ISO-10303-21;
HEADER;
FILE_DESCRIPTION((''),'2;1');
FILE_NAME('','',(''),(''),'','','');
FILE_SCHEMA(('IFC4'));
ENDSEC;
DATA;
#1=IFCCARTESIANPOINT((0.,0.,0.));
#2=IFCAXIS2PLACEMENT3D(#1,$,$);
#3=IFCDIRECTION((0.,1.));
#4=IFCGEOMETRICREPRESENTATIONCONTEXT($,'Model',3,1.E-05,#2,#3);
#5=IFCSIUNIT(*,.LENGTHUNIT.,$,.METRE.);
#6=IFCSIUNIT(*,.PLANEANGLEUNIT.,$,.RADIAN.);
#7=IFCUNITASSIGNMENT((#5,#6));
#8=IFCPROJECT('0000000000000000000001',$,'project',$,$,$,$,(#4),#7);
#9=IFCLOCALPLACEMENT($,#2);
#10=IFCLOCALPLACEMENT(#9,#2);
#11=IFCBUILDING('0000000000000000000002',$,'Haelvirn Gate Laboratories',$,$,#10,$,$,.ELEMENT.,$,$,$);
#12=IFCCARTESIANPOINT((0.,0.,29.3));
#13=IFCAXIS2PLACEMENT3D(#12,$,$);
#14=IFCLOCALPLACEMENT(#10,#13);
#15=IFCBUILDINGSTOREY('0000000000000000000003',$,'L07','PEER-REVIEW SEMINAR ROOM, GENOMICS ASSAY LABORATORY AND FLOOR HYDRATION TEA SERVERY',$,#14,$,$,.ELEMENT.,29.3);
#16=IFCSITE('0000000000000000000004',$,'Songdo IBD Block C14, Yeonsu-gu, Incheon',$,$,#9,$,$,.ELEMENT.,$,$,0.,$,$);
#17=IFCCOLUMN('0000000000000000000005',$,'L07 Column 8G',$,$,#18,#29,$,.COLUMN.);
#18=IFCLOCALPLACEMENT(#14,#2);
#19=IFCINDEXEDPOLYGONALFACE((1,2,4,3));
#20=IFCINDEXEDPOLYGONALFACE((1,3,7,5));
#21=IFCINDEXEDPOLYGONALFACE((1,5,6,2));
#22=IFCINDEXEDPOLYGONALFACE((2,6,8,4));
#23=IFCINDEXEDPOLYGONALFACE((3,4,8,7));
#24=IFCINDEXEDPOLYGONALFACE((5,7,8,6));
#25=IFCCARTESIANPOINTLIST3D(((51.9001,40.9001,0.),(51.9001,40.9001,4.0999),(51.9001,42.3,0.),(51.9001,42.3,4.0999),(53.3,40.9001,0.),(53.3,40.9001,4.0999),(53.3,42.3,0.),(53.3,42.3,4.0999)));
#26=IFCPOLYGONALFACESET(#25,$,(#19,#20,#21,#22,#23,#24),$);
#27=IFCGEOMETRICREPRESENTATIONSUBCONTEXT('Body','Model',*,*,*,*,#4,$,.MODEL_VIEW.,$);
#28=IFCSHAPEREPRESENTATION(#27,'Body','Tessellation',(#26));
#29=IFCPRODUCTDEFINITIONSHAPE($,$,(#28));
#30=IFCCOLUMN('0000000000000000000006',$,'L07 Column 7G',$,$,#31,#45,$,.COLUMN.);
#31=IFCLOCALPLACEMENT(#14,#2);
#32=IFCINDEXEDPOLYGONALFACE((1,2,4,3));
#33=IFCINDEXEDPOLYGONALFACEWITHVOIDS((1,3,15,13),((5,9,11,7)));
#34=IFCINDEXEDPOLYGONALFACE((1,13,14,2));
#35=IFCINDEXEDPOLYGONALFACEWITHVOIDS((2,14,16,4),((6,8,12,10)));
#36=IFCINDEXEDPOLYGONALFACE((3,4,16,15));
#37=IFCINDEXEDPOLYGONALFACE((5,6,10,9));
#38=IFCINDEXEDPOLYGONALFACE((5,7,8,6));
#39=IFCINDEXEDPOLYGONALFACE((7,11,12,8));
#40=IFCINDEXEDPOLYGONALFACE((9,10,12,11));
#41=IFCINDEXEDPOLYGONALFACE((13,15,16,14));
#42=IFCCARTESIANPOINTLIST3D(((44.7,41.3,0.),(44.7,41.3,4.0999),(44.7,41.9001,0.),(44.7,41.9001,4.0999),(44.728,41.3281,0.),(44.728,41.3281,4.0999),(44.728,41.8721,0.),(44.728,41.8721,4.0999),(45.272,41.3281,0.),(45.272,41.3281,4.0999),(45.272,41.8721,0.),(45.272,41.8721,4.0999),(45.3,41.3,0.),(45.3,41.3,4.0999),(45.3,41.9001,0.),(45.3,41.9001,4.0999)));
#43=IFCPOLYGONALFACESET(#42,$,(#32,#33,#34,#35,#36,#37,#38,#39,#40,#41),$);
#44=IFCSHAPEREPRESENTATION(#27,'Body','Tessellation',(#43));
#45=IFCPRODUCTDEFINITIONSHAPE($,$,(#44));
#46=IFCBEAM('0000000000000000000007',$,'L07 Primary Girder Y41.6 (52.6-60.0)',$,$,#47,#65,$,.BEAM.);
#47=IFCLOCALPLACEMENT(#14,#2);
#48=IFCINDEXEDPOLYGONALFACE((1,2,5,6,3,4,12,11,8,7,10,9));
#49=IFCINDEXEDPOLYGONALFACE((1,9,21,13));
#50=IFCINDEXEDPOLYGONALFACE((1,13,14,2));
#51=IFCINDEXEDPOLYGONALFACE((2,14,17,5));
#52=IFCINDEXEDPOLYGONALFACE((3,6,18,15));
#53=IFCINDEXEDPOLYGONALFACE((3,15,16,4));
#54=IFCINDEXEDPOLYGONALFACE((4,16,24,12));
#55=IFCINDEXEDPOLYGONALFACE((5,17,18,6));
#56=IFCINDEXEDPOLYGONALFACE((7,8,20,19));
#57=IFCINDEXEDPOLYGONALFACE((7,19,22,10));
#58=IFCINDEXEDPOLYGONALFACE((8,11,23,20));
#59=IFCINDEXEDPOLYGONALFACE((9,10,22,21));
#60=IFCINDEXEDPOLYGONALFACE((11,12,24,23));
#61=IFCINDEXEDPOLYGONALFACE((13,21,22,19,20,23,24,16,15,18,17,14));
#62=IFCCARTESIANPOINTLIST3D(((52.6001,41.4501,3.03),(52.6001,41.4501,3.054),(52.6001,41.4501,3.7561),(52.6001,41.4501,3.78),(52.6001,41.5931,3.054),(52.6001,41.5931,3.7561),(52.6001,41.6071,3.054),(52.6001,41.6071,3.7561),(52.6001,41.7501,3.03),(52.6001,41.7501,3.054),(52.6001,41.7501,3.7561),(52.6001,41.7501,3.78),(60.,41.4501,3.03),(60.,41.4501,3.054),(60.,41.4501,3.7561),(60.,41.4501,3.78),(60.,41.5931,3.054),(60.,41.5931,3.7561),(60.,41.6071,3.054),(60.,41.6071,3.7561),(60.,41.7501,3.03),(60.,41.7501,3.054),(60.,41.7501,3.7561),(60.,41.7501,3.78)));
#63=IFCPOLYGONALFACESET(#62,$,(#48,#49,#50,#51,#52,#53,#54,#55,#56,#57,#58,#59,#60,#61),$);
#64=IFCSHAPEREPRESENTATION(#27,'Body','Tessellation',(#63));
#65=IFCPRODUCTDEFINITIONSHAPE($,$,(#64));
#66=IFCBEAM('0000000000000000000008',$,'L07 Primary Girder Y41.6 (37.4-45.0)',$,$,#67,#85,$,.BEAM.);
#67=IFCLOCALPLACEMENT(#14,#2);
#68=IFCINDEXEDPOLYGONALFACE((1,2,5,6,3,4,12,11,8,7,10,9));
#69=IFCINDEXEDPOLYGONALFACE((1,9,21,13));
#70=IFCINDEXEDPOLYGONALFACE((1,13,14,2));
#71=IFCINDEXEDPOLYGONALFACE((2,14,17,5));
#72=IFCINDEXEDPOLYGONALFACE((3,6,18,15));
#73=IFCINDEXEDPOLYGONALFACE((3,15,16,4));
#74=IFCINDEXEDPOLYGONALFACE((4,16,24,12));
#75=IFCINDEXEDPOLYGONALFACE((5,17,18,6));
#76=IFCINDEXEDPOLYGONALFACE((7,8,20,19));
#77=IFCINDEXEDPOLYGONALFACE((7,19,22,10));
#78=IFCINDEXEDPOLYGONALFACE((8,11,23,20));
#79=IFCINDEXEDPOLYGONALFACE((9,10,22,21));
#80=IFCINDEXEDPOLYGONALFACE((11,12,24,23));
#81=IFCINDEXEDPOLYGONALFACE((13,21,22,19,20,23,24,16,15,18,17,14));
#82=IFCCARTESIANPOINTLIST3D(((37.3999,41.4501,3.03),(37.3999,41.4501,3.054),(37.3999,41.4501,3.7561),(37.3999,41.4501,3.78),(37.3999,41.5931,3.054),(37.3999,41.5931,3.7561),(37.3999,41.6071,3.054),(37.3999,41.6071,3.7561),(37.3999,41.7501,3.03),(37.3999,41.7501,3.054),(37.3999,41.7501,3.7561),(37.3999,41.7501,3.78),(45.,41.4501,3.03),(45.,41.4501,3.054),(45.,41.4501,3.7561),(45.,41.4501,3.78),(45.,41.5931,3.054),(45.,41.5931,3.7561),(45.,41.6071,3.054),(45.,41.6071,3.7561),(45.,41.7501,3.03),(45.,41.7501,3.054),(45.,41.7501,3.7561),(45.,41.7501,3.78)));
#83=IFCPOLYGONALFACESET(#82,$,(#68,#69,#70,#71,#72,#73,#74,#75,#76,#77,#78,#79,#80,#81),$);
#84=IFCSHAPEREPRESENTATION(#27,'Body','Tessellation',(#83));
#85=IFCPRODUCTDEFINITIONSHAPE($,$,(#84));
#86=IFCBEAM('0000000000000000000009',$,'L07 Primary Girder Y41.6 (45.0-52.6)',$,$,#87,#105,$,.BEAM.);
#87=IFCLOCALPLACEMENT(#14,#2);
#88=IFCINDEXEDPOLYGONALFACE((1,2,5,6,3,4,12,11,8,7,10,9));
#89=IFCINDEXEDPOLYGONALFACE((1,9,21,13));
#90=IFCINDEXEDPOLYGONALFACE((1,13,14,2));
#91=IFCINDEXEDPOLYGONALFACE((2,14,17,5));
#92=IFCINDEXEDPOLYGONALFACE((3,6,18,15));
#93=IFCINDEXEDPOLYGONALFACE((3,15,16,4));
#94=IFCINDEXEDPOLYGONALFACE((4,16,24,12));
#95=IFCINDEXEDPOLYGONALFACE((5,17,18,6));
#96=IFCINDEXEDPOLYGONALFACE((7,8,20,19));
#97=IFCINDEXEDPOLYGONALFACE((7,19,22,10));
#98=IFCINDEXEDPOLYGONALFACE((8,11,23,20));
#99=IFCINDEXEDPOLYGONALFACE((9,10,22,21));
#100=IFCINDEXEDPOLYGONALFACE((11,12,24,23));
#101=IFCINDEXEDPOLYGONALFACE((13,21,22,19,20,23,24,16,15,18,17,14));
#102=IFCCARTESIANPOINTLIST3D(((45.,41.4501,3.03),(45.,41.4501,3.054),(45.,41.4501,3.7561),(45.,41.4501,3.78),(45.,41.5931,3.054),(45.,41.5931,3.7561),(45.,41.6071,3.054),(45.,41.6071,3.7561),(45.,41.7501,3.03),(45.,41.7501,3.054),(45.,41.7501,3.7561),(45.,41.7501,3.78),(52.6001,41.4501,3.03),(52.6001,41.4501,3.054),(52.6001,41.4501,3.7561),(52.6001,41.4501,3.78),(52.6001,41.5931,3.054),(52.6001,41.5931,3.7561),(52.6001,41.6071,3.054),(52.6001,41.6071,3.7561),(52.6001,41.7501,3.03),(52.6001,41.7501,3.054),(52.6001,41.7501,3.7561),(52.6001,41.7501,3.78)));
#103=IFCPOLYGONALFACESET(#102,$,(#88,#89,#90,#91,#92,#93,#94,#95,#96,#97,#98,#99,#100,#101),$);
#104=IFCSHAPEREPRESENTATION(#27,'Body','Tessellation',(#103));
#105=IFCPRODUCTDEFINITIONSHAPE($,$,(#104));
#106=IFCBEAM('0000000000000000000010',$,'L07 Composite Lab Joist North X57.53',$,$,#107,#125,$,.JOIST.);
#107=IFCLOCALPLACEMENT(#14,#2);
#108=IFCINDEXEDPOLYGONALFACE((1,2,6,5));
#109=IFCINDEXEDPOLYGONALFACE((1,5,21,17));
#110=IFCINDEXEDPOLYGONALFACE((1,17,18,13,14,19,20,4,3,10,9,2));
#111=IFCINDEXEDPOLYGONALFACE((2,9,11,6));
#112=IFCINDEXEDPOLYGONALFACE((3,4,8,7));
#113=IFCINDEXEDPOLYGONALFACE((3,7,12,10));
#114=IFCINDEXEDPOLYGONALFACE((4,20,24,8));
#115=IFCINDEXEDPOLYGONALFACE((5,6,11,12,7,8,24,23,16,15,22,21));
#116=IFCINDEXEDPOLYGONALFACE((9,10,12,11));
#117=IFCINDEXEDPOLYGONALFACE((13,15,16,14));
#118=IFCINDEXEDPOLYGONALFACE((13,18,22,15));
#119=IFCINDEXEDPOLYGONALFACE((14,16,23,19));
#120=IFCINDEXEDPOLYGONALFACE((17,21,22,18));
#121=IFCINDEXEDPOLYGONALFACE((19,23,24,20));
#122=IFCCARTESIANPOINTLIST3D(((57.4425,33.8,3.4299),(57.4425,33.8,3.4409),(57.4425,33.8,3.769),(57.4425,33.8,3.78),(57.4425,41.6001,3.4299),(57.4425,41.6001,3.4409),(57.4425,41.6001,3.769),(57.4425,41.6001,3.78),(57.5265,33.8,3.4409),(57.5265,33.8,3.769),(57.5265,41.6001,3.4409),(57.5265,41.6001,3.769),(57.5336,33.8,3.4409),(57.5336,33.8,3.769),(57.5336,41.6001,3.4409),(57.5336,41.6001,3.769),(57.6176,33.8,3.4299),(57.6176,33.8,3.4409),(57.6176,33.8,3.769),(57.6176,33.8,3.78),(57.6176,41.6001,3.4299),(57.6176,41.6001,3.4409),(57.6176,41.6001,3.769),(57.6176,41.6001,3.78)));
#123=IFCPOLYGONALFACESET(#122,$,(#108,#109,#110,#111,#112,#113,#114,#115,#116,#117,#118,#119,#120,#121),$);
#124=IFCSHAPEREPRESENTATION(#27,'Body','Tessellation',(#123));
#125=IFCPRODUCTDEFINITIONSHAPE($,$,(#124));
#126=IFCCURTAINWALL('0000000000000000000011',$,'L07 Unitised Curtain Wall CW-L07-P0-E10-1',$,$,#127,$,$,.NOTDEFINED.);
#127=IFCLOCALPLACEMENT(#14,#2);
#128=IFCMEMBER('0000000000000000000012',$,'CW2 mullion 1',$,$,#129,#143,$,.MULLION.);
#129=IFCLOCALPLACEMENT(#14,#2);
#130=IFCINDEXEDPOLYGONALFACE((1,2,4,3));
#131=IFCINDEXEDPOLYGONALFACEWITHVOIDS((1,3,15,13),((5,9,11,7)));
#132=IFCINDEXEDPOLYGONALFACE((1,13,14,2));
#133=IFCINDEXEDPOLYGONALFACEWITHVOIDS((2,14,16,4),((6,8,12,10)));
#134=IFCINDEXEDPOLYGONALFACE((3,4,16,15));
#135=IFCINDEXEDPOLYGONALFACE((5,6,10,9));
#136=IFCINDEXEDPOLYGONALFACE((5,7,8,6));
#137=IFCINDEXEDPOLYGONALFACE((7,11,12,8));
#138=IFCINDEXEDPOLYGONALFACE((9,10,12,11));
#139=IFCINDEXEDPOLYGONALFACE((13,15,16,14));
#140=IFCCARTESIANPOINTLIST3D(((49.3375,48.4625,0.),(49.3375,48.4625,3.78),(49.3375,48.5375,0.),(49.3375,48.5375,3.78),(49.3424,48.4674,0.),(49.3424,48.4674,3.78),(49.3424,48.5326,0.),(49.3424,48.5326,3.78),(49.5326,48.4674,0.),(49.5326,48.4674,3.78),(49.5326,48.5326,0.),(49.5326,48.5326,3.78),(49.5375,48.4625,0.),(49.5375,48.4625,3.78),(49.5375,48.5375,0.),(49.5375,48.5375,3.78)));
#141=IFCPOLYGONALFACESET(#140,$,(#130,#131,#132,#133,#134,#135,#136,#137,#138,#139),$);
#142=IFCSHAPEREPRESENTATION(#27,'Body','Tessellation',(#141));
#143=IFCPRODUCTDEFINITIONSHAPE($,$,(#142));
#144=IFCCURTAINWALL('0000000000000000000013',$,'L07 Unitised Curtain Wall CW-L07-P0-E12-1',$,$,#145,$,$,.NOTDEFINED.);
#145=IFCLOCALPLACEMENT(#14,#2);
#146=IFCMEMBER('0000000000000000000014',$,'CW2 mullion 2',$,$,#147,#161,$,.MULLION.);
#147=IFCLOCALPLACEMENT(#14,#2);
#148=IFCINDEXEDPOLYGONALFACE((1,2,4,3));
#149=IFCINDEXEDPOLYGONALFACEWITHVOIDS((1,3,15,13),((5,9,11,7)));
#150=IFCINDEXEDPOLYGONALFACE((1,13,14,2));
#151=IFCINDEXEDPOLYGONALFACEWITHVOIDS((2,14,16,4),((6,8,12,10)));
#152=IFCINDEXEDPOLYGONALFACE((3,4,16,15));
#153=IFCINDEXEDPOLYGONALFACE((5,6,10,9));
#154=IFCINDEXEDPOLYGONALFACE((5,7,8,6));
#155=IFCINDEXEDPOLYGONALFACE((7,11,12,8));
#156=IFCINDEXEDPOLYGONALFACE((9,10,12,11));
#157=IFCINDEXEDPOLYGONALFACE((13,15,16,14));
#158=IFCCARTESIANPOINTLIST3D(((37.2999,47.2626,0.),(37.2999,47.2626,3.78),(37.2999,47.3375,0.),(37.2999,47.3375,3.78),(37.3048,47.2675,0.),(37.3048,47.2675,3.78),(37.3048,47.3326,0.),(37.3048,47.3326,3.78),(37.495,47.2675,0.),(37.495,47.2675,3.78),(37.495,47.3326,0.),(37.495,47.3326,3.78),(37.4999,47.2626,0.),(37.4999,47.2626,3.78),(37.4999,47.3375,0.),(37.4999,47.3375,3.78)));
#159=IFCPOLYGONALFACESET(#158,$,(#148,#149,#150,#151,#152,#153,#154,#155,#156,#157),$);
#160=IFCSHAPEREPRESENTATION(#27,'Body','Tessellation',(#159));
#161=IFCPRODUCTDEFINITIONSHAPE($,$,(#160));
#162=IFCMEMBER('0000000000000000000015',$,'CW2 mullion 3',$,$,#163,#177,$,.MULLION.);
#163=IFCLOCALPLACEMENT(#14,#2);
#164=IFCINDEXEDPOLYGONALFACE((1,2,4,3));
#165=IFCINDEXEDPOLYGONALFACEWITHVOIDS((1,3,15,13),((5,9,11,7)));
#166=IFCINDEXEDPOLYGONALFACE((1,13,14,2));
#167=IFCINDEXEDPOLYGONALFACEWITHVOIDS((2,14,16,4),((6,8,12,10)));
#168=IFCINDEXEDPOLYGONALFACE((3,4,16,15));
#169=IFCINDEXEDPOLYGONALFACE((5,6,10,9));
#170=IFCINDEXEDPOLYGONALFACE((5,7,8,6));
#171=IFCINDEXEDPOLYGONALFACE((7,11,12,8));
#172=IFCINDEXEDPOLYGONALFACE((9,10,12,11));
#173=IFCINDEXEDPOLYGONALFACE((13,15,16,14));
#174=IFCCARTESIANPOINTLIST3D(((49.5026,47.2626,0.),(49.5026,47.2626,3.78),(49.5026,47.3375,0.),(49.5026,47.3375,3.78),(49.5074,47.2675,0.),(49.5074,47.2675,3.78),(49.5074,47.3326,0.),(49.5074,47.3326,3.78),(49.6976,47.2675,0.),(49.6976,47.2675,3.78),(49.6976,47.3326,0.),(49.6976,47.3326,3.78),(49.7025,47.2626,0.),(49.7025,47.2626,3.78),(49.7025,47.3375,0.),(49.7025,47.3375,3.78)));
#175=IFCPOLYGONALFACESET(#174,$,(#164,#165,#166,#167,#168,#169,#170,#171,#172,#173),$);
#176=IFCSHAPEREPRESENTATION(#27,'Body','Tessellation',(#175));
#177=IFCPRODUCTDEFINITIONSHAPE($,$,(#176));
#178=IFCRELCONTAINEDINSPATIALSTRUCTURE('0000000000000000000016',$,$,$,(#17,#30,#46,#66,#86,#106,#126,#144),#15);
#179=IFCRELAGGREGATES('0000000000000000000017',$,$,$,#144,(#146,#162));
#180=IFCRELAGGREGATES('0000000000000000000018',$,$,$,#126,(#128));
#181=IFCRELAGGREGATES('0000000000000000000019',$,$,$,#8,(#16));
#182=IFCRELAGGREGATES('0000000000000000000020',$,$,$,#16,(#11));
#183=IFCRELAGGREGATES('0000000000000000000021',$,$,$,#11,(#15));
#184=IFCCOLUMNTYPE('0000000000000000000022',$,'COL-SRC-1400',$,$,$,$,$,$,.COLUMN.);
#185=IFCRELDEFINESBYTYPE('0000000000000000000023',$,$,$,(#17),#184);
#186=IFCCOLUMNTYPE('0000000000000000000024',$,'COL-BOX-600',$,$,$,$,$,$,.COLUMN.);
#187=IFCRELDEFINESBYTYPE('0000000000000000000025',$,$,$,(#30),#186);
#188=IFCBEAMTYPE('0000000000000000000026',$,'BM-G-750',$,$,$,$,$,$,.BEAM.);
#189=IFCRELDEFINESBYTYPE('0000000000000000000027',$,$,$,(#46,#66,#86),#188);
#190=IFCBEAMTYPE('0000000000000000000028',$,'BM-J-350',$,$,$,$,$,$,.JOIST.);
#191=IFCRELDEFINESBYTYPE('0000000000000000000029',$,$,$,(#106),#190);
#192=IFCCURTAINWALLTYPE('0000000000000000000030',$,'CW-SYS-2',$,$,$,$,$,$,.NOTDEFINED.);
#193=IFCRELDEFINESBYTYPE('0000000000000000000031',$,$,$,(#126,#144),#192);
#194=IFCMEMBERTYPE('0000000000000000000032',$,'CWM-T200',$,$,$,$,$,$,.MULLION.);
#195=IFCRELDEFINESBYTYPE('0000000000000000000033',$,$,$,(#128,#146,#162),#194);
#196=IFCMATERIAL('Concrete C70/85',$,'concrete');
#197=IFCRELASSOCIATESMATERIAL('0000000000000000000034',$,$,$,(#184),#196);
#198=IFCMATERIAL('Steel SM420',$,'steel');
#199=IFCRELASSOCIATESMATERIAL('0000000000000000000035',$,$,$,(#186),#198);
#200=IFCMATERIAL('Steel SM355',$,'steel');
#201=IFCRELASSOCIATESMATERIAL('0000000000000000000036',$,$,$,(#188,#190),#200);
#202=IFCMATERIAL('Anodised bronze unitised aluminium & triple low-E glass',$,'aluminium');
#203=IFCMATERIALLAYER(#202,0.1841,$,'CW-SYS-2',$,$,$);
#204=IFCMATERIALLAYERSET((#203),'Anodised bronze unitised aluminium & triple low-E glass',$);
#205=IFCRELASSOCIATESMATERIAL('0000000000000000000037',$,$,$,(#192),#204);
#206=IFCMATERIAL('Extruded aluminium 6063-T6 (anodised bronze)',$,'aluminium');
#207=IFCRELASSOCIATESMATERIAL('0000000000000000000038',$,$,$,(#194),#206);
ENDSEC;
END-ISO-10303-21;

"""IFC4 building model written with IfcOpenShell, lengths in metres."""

from ifc_helpers import new_model, si_unit, direction, frame, origin, origin_2d, place, context, subcontext, project, spatial, rectangle, hollow_rectangle, i_section, extrude, source, transform, mapped, material, layer, layer_set, material_profile, profile_set, type_object, type_shapes, element, aggregate, save


model = new_model("IFC4")

# Units and contexts
model_context = context("Model", 3, precision=1e-05, world=origin(), true_north=direction((0.0, 1.0)))
body_context = subcontext(model_context, "Body", "Model", "MODEL_VIEW")
ifc_project = project(units=[si_unit("LENGTHUNIT", "METRE"), si_unit("PLANEANGLEUNIT", "RADIAN")], contexts=[model_context])

# Site, building, storey
site_placement = place(None, origin())
site = spatial("IfcSite", under=ifc_project, at=site_placement, Name="Songdo IBD Block C14, Yeonsu-gu, Incheon", CompositionType="ELEMENT", RefElevation=0.0)
building_placement = place(site_placement, origin())
building = spatial("IfcBuilding", under=site, at=building_placement, Name="Haelvirn Gate Laboratories", CompositionType="ELEMENT")
storey_placement = place(building_placement, frame((0.0, 0.0, 29.3)))
storey = spatial("IfcBuildingStorey", under=building, at=storey_placement, Name="L07", Description="PEER-REVIEW SEMINAR ROOM, GENOMICS ASSAY LABORATORY AND FLOOR HYDRATION TEA SERVERY", CompositionType="ELEMENT", Elevation=29.3)

# Columns
ifc_material_1 = material(Name="Concrete C70/85", Category="concrete")
ifc_material_profile_1 = material_profile(ifc_material_1, rectangle(XDim=1.3999, YDim=1.3999, at=origin_2d()), Name="SRC-1400x1400")
ifc_profile_set_1 = profile_set([ifc_material_profile_1], Name="Concrete C70/85")
column_type_1 = type_object("IfcColumnType", Name="COL-SRC-1400", PredefinedType="COLUMN", material=ifc_profile_set_1)
shared_shape_1 = source(origin(), body_context, "Body", "SweptSolid", [
    extrude(rectangle(XDim=1.3999, YDim=1.3999, at=origin_2d()), origin(), (0.0, 0.0, 1.0), 4.0999),
])
type_shapes(column_type_1, [shared_shape_1])
column_1_placement = place(storey_placement, frame((52.6001, 41.6001, 0.0), z_axis=(0.0, 0.0, 1.0), x_axis=(1.0, 0.0, 0.0)))
element("IfcColumn", 1, at=column_1_placement, inside=storey, type_object=column_type_1, Name="L07 Column 8G", PredefinedType="COLUMN", context=body_context, shape_type="MappedRepresentation", body=[
    mapped(shared_shape_1, transform((0.0, 0.0, 0.0), scale=1.0)),
])
ifc_material_2 = material(Name="Steel SM420", Category="steel")
ifc_material_profile_2 = material_profile(ifc_material_2, hollow_rectangle(XDim=0.6001, YDim=0.6001, WallThickness=0.0281, at=origin_2d()), Name="BOX-600x600x28")
ifc_profile_set_2 = profile_set([ifc_material_profile_2], Name="Steel SM420")
column_type_2 = type_object("IfcColumnType", Name="COL-BOX-600", PredefinedType="COLUMN", material=ifc_profile_set_2)
shared_shape_2 = source(origin(), body_context, "Body", "SweptSolid", [
    extrude(hollow_rectangle(XDim=0.6001, YDim=0.6001, WallThickness=0.0281, at=origin_2d()), origin(), (0.0, 0.0, 1.0), 4.0999),
])
type_shapes(column_type_2, [shared_shape_2])
column_2_placement = place(storey_placement, frame((45.0, 41.6001, 0.0), z_axis=(0.0, 0.0, 1.0), x_axis=(1.0, 0.0, 0.0)))
element("IfcColumn", 2, at=column_2_placement, inside=storey, type_object=column_type_2, Name="L07 Column 7G", PredefinedType="COLUMN", context=body_context, shape_type="MappedRepresentation", body=[
    mapped(shared_shape_2, transform((0.0, 0.0, 0.0), scale=1.0)),
])

# Beams
ifc_material_3 = material(Name="Steel SM355", Category="steel")
ifc_material_profile_3 = material_profile(ifc_material_3, i_section(OverallWidth=0.3, OverallDepth=0.75, WebThickness=0.0139, FlangeThickness=0.0239, at=origin_2d()), Name="H-750x300x14x24")
ifc_profile_set_3 = profile_set([ifc_material_profile_3], Name="Steel SM355")
beam_type_1 = type_object("IfcBeamType", Name="BM-G-750", PredefinedType="BEAM", material=ifc_profile_set_3)
shared_shape_3 = source(origin(), body_context, "Body", "SweptSolid", [
    extrude(i_section(OverallWidth=0.3, OverallDepth=0.75, WebThickness=0.0139, FlangeThickness=0.0239, at=origin_2d()), origin(), (0.0, 0.0, 1.0), 7.3999),
])
beam_1_placement = place(storey_placement, frame((52.6001, 41.6001, 3.405), z_axis=(1.0, 0.0, 0.0), x_axis=(0.0, 1.0, 0.0)))
element("IfcBeam", 3, at=beam_1_placement, inside=storey, type_object=beam_type_1, Name="L07 Primary Girder Y41.6 (52.6-60.0)", PredefinedType="BEAM", context=body_context, shape_type="MappedRepresentation", body=[
    mapped(shared_shape_3, transform((0.0, 0.0, 0.0), scale=1.0)),
])
shared_shape_4 = source(origin(), body_context, "Body", "SweptSolid", [
    extrude(i_section(OverallWidth=0.3, OverallDepth=0.75, WebThickness=0.0139, FlangeThickness=0.0239, at=origin_2d()), origin(), (0.0, 0.0, 1.0), 7.6001),
])
type_shapes(beam_type_1, [shared_shape_3, shared_shape_4])
for number, where, z_axis, x_axis, name in (
    (4, (37.3999, 41.6001, 3.405), (1.0, 0.0, 0.0), (0.0, 1.0, 0.0), "L07 Primary Girder Y41.6 (37.4-45.0)"),
    (5, (45.0, 41.6001, 3.405), (1.0, 0.0, 0.0), (0.0, 1.0, 0.0), "L07 Primary Girder Y41.6 (45.0-52.6)"),
):
    element("IfcBeam", number, at=place(storey_placement, frame(where, z_axis=z_axis, x_axis=x_axis)), inside=storey, type_object=beam_type_1, Name=name, PredefinedType="BEAM", context=body_context, shape_type="MappedRepresentation", body=[
        mapped(shared_shape_4, transform((0.0, 0.0, 0.0), scale=1.0)),
    ])
ifc_material_profile_4 = material_profile(ifc_material_3, i_section(OverallWidth=0.175, OverallDepth=0.3501, WebThickness=0.0071, FlangeThickness=0.011, at=origin_2d()), Name="H-350x175x7x11")
ifc_profile_set_4 = profile_set([ifc_material_profile_4], Name="Steel SM355")
beam_type_2 = type_object("IfcBeamType", Name="BM-J-350", PredefinedType="JOIST", material=ifc_profile_set_4)
shared_shape_5 = source(origin(), body_context, "Body", "SweptSolid", [
    extrude(i_section(OverallWidth=0.175, OverallDepth=0.3501, WebThickness=0.0071, FlangeThickness=0.011, at=origin_2d()), origin(), (0.0, 0.0, 1.0), 7.8),
])
type_shapes(beam_type_2, [shared_shape_5])
beam_2_placement = place(storey_placement, frame((57.53, 33.8, 3.605), z_axis=(0.0, 1.0, 0.0), x_axis=(-1.0, 0.0, 0.0)))
element("IfcBeam", 6, at=beam_2_placement, inside=storey, type_object=beam_type_2, Name="L07 Composite Lab Joist North X57.53", PredefinedType="JOIST", context=body_context, shape_type="MappedRepresentation", body=[
    mapped(shared_shape_5, transform((0.0, 0.0, 0.0), scale=1.0)),
])

# Curtain wall, member
ifc_material_4 = material(Name="Anodised bronze unitised aluminium & triple low-E glass", Category="aluminium")
ifc_layer_1 = layer(ifc_material_4, 0.1841, Name="CW-SYS-2")
ifc_layer_set_1 = layer_set([ifc_layer_1], Name="Anodised bronze unitised aluminium & triple low-E glass")
curtain_wall_type = type_object("IfcCurtainWallType", Name="CW-SYS-2", PredefinedType="NOTDEFINED", material=ifc_layer_set_1)
curtain_wall_1_placement = place(storey_placement, origin())
curtain_wall_1 = element("IfcCurtainWall", 7, at=curtain_wall_1_placement, inside=storey, type_object=curtain_wall_type, Name="L07 Unitised Curtain Wall CW-L07-P0-E10-1", PredefinedType="NOTDEFINED")
ifc_material_5 = material(Name="Extruded aluminium 6063-T6 (anodised bronze)", Category="aluminium")
ifc_material_profile_5 = material_profile(ifc_material_5, hollow_rectangle(XDim=0.075, YDim=0.2, WallThickness=0.0049, at=origin_2d()), Name="CWM-200x75x5")
ifc_profile_set_5 = profile_set([ifc_material_profile_5], Name="Extruded aluminium 6063-T6 (anodised bronze)")
member_type_1 = type_object("IfcMemberType", Name="CWM-T200", PredefinedType="MULLION", material=ifc_profile_set_5)
shared_shape_6 = source(origin(), body_context, "Body", "SweptSolid", [
    extrude(hollow_rectangle(XDim=0.075, YDim=0.2, WallThickness=0.0049, at=origin_2d()), origin(), (0.0, 0.0, 1.0), 3.78),
])
type_shapes(member_type_1, [shared_shape_6])
member_1_placement = place(storey_placement, frame((49.4375, 48.5, 0.0), z_axis=(0.0, 0.0, 1.0), x_axis=(0.0, 1.0, 0.0)))
member_1 = element("IfcMember", 8, at=member_1_placement, type_object=member_type_1, Name="CW2 mullion 1", PredefinedType="MULLION", context=body_context, shape_type="MappedRepresentation", body=[
    mapped(shared_shape_6, transform((0.0, 0.0, 0.0), scale=1.0)),
])

# Curtain wall, members
curtain_wall_2_placement = place(storey_placement, origin())
curtain_wall_2 = element("IfcCurtainWall", 9, at=curtain_wall_2_placement, inside=storey, type_object=curtain_wall_type, Name="L07 Unitised Curtain Wall CW-L07-P0-E12-1", PredefinedType="NOTDEFINED")
member_2_placement = place(storey_placement, frame((37.3999, 47.3, 0.0), z_axis=(0.0, 0.0, 1.0), x_axis=(0.0, 1.0, 0.0)))
member_2 = element("IfcMember", 10, at=member_2_placement, type_object=member_type_1, Name="CW2 mullion 2", PredefinedType="MULLION", context=body_context, shape_type="MappedRepresentation", body=[
    mapped(shared_shape_6, transform((0.0, 0.0, 0.0), scale=1.0)),
])
member_3_placement = place(storey_placement, frame((49.6025, 47.3, 0.0), z_axis=(0.0, 0.0, 1.0), x_axis=(0.0, 1.0, 0.0)))
member_3 = element("IfcMember", 11, at=member_3_placement, type_object=member_type_1, Name="CW2 mullion 3", PredefinedType="MULLION", context=body_context, shape_type="MappedRepresentation", body=[
    mapped(shared_shape_6, transform((0.0, 0.0, 0.0), scale=1.0)),
])

aggregate(curtain_wall_2, [member_2, member_3])
aggregate(curtain_wall_1, [member_1])

save(model, "model.ifc")
